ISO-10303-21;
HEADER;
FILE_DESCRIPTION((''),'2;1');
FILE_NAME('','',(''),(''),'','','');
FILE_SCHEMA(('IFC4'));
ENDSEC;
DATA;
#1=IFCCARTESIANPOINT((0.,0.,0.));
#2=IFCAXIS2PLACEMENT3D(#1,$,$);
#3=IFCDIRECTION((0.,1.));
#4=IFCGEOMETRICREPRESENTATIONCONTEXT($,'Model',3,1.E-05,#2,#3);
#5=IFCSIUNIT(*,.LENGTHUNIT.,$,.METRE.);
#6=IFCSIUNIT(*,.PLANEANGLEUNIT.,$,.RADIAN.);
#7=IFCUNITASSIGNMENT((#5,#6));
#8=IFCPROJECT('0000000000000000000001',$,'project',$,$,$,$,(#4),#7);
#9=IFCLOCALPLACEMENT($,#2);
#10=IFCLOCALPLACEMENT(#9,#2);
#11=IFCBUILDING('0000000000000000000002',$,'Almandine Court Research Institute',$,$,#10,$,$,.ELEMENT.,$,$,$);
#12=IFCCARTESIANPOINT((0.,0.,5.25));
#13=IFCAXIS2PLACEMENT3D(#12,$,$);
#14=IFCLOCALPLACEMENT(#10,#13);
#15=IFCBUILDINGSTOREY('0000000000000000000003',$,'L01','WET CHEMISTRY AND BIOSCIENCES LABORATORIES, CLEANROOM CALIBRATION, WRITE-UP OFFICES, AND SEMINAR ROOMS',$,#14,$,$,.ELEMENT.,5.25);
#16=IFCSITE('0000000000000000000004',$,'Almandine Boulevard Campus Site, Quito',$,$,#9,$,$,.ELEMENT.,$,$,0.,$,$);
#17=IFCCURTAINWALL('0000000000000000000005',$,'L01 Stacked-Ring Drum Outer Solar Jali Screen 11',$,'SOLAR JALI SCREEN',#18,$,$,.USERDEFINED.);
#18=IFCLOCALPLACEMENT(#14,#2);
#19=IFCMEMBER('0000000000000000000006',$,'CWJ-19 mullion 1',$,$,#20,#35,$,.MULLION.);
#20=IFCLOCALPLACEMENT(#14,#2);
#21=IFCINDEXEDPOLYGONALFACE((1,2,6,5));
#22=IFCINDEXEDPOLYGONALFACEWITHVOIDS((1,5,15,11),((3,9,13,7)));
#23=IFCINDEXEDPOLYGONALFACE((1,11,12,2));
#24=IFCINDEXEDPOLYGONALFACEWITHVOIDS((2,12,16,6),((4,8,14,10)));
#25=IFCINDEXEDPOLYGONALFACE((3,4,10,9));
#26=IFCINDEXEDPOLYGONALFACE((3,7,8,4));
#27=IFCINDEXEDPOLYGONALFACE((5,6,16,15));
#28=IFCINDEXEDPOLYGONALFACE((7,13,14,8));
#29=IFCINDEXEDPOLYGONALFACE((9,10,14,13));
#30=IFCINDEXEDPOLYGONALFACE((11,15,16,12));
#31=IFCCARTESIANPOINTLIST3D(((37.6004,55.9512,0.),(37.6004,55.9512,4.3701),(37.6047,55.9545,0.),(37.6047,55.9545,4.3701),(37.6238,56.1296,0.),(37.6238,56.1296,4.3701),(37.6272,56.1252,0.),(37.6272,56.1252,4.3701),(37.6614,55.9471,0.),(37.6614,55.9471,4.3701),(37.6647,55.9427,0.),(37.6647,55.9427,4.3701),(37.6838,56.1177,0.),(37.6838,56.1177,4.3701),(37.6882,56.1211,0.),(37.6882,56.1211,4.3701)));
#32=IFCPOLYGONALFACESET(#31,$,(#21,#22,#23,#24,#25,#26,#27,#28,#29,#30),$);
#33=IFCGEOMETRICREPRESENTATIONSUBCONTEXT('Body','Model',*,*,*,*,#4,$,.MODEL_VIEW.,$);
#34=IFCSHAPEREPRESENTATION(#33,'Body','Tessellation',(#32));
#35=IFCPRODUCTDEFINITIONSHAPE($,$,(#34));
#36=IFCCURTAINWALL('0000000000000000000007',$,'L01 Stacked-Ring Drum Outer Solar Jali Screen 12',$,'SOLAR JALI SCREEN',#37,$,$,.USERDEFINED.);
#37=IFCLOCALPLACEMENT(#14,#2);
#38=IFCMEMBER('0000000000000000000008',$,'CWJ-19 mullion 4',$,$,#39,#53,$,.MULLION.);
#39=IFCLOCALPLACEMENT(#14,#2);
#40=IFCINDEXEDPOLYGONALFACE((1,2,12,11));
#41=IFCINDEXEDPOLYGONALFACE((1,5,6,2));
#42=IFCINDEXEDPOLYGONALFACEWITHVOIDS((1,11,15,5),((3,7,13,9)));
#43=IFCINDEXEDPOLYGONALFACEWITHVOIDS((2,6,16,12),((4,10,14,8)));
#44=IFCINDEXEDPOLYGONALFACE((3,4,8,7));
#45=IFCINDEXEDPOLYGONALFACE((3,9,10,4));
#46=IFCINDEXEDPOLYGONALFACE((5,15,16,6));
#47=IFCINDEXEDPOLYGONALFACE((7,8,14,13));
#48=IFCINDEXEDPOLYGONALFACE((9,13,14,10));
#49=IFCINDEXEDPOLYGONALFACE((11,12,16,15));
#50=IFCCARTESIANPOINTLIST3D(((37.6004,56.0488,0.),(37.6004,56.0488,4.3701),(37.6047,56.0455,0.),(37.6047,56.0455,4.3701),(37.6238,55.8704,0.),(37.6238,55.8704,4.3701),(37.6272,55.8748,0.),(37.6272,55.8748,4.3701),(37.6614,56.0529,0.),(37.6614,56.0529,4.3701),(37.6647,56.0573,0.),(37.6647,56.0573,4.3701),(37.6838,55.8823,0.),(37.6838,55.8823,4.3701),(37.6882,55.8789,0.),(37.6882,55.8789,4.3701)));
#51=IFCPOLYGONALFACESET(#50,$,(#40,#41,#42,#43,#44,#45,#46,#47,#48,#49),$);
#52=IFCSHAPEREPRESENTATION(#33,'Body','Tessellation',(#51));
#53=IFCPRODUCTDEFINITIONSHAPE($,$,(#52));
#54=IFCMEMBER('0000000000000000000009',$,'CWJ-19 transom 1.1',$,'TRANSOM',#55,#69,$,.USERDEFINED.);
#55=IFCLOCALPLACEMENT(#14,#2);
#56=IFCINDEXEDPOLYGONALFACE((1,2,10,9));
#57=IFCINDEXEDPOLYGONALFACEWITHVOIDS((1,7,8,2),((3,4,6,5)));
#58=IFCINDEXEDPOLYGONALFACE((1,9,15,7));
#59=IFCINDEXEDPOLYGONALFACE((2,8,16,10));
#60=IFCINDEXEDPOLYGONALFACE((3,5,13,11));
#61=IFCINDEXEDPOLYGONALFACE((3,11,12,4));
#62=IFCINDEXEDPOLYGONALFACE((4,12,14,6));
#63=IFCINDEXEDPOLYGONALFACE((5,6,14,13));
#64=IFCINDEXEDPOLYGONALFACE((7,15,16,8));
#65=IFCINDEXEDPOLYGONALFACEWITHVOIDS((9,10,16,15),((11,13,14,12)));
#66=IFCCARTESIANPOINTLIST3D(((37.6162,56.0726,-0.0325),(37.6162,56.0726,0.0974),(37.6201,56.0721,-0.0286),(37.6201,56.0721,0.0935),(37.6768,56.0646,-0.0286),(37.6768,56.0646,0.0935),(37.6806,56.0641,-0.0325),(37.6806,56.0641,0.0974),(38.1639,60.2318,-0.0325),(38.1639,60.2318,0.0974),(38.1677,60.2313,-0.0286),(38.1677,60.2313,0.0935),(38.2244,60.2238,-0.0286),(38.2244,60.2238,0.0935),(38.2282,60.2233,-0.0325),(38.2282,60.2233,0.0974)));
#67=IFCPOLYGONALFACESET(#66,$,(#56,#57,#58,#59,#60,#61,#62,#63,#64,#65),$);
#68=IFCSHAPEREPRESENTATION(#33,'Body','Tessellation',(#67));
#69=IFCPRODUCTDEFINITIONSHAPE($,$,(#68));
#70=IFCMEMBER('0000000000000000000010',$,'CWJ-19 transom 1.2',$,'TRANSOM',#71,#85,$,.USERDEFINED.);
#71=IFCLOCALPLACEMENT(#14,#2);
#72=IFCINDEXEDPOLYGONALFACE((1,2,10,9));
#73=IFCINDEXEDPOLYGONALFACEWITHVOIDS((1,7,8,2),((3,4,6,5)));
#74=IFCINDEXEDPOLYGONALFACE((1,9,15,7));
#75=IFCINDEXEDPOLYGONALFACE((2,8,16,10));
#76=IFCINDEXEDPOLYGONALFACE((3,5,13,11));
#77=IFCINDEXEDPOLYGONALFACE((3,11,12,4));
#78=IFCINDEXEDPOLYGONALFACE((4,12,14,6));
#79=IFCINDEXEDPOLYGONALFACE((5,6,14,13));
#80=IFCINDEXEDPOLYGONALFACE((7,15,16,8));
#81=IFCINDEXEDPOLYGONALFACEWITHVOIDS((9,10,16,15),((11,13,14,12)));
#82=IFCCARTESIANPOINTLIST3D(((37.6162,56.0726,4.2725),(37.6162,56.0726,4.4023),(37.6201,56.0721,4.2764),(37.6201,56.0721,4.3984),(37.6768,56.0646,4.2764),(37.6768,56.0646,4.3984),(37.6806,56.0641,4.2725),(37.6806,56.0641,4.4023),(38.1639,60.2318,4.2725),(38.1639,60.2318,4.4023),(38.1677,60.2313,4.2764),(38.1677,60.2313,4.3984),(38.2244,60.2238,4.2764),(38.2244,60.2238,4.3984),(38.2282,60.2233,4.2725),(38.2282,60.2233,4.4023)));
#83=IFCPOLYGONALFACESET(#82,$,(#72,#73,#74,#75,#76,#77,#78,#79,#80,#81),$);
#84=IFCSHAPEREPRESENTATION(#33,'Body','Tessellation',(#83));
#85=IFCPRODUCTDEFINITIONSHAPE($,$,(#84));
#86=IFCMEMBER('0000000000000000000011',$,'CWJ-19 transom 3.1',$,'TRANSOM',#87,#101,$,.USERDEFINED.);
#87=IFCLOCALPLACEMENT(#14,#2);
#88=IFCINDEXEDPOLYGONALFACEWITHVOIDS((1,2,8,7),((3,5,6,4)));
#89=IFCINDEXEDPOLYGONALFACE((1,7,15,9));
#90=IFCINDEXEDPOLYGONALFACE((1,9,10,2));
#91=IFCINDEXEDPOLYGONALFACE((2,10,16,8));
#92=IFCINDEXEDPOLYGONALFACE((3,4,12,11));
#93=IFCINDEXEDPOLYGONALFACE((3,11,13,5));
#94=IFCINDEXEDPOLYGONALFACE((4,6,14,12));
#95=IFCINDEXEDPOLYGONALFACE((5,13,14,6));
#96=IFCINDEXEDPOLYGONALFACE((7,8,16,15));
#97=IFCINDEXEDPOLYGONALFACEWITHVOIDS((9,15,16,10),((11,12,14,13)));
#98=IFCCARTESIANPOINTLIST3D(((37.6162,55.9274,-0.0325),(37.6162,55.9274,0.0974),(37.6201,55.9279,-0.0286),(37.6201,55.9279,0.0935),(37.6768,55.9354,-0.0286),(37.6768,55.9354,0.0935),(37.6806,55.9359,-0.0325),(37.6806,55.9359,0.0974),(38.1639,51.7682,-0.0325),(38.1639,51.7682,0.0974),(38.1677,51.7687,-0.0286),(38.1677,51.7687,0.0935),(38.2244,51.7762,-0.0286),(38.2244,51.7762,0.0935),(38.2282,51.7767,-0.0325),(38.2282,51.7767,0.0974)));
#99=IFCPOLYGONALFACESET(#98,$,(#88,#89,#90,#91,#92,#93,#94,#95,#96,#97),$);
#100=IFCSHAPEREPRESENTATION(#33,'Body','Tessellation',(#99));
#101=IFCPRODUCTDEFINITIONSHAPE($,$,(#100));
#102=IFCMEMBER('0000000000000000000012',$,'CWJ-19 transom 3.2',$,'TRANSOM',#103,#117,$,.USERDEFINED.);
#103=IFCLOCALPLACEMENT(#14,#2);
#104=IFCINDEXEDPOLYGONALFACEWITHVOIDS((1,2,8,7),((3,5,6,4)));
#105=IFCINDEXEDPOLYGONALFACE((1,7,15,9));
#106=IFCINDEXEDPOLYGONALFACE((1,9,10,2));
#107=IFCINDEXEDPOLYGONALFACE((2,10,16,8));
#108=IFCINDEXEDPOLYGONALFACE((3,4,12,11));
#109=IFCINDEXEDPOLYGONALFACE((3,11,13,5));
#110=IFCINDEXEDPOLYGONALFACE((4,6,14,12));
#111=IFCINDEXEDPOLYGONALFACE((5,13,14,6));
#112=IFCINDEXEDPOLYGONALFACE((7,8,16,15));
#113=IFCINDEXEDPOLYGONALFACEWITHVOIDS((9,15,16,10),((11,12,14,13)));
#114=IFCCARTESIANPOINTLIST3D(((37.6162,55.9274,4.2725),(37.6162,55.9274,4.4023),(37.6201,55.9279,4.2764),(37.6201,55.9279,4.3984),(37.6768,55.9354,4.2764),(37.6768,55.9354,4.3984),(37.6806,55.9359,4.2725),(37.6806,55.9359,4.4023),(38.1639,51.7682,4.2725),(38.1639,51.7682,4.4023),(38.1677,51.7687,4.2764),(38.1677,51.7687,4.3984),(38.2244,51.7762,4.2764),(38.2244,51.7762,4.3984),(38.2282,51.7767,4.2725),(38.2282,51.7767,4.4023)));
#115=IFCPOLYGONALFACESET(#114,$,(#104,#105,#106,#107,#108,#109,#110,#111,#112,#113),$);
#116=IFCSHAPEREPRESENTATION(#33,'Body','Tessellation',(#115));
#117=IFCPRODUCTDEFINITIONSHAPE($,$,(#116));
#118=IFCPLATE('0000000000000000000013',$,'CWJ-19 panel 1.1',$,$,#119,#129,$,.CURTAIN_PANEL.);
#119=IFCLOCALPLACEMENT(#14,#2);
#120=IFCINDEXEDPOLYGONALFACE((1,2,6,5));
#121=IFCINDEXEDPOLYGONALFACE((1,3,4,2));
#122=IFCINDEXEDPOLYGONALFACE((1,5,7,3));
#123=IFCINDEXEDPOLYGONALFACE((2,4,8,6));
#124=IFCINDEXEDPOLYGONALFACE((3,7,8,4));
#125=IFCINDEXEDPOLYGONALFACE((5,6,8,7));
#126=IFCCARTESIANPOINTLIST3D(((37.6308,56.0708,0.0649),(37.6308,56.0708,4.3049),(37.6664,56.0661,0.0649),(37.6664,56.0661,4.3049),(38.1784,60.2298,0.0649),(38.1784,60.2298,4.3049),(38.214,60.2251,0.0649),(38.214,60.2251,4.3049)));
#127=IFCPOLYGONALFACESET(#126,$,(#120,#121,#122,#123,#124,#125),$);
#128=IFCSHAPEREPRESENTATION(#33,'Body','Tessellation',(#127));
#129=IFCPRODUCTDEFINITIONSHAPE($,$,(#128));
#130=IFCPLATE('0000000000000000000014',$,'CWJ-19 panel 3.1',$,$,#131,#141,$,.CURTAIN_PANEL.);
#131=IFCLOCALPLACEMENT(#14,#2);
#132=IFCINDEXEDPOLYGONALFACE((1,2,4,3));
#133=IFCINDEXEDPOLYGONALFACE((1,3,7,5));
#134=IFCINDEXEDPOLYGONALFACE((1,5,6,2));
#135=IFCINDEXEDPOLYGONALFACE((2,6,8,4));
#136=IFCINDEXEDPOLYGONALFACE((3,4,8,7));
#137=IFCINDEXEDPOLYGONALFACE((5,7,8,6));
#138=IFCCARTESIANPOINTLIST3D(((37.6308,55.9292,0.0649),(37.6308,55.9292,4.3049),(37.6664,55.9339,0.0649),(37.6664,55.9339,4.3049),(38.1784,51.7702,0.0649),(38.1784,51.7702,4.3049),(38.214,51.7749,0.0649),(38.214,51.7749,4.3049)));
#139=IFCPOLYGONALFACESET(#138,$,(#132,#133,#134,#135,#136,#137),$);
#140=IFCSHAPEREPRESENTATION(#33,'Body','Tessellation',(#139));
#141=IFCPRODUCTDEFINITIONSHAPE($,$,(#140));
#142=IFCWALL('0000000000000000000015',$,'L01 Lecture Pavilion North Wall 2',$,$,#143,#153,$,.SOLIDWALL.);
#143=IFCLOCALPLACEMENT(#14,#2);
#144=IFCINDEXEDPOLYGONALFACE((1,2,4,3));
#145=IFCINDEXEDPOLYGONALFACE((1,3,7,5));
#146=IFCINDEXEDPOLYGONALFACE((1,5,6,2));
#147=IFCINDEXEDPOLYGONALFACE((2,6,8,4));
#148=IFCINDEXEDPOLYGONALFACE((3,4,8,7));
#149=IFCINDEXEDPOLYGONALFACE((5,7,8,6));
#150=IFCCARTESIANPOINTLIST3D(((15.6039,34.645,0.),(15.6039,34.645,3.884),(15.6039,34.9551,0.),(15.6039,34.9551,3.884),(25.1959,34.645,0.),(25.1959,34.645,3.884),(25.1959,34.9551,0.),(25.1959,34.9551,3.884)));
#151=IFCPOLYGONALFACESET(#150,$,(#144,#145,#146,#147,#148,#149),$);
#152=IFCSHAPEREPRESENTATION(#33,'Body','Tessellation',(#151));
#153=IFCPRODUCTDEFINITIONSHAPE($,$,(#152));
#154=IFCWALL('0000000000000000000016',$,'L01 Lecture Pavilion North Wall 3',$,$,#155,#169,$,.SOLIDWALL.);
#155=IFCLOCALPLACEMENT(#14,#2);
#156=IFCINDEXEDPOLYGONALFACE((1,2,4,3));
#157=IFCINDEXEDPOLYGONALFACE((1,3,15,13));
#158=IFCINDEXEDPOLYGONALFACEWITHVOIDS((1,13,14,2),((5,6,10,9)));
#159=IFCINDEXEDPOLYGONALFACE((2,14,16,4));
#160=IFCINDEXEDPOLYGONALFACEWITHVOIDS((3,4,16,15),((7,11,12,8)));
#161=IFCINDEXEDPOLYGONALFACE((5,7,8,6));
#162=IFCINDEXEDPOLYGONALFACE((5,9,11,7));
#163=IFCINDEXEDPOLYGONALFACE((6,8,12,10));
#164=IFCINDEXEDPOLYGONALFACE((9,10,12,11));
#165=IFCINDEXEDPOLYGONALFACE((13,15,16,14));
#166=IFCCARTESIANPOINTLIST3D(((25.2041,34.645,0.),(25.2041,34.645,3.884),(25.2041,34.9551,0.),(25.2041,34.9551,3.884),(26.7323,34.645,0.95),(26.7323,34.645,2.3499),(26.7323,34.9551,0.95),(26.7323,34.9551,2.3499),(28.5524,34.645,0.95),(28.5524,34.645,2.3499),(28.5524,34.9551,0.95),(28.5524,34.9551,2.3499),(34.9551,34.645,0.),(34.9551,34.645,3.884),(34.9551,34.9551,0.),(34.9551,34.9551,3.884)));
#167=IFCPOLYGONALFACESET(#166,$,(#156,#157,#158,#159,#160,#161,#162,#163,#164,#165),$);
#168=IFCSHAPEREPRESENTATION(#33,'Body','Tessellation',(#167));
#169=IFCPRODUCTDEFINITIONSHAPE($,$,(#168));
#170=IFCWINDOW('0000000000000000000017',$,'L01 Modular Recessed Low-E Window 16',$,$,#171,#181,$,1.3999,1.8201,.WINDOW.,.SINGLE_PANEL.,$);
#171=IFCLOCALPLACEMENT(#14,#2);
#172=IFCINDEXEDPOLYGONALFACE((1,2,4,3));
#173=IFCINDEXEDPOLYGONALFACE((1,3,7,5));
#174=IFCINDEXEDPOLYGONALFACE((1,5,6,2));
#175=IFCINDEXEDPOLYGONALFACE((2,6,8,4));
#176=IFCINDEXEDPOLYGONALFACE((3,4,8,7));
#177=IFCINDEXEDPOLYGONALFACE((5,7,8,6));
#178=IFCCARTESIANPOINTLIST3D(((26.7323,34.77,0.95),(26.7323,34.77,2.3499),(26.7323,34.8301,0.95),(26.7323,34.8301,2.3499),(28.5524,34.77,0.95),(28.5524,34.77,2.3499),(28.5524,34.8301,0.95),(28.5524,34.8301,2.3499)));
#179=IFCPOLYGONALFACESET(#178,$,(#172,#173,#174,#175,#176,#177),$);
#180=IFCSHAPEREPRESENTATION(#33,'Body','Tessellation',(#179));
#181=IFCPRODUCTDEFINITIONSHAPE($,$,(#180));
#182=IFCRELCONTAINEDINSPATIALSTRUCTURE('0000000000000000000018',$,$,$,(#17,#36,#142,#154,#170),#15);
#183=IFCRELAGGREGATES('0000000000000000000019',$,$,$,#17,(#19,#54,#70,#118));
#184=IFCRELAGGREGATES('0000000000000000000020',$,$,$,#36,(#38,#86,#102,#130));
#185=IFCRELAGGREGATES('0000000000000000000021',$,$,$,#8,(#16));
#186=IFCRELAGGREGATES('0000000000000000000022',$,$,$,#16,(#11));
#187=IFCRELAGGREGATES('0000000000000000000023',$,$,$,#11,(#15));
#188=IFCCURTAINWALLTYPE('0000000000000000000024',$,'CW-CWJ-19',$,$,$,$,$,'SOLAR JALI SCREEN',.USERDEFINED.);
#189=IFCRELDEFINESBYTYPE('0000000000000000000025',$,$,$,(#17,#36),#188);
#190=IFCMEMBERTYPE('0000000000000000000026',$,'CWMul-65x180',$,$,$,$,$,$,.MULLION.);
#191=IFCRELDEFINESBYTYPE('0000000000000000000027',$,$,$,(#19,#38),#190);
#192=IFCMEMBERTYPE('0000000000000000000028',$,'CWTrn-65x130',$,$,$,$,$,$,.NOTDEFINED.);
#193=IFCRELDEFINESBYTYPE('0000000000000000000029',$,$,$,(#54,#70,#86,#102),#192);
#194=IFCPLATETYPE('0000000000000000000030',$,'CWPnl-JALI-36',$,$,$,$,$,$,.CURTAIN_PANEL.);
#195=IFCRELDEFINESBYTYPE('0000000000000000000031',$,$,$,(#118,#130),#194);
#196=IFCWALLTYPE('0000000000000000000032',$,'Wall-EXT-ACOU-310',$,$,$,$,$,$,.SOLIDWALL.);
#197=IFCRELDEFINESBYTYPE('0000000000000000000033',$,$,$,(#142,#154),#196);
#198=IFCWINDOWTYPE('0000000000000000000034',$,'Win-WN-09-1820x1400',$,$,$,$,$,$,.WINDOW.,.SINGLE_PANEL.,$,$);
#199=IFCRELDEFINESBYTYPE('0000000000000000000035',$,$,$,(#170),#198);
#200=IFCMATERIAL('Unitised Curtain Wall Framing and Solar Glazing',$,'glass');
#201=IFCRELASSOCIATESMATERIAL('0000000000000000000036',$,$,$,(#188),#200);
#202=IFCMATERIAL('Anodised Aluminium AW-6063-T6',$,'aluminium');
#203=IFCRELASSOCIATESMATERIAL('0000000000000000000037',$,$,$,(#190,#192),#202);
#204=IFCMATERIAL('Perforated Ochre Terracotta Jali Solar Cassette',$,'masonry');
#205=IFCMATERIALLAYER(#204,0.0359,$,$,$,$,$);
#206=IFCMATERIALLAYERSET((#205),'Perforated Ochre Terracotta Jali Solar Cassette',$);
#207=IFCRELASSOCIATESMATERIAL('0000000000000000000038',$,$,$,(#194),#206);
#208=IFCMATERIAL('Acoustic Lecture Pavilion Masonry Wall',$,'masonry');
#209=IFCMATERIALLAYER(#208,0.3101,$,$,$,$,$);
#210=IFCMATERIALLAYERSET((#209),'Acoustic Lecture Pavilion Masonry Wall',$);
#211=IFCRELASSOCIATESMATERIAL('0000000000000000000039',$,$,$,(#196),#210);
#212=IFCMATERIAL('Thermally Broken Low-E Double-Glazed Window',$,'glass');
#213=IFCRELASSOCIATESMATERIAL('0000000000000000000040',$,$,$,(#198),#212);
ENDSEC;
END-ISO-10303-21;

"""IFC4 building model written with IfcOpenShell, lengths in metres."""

from ifc_helpers import new_model, si_unit, direction, frame, frame_2d, origin, origin_2d, place, context, subcontext, project, spatial, rectangle, hollow_rectangle, extrude, material, layer, layer_set, material_profile, profile_set, type_object, element, fill, aggregate, save


model = new_model("IFC4")

# Units and contexts
model_context = context("Model", 3, precision=1e-05, world=origin(), true_north=direction((0.0, 1.0)))
body_context = subcontext(model_context, "Body", "Model", "MODEL_VIEW")
ifc_project = project(units=[si_unit("LENGTHUNIT", "METRE"), si_unit("PLANEANGLEUNIT", "RADIAN")], contexts=[model_context])

# Site, building, storey
site_placement = place(None, origin())
site = spatial("IfcSite", under=ifc_project, at=site_placement, Name="Almandine Boulevard Campus Site, Quito", CompositionType="ELEMENT", RefElevation=0.0)
building_placement = place(site_placement, origin())
building = spatial("IfcBuilding", under=site, at=building_placement, Name="Almandine Court Research Institute", CompositionType="ELEMENT")
storey_placement = place(building_placement, frame((0.0, 0.0, 5.25)))
storey = spatial("IfcBuildingStorey", under=building, at=storey_placement, Name="L01", Description="WET CHEMISTRY AND BIOSCIENCES LABORATORIES, CLEANROOM CALIBRATION, WRITE-UP OFFICES, AND SEMINAR ROOMS", CompositionType="ELEMENT", Elevation=5.25)

# Curtain walls, members
ifc_material_1 = material(Name="Unitised Curtain Wall Framing and Solar Glazing", Category="glass")
curtain_wall_type = type_object("IfcCurtainWallType", Name="CW-CWJ-19", ElementType="SOLAR JALI SCREEN", PredefinedType="USERDEFINED", material=ifc_material_1)
curtain_wall_1_placement = place(storey_placement, origin())
curtain_wall_1 = element("IfcCurtainWall", 1, at=curtain_wall_1_placement, inside=storey, type_object=curtain_wall_type, Name="L01 Stacked-Ring Drum Outer Solar Jali Screen 11", ObjectType="SOLAR JALI SCREEN", PredefinedType="USERDEFINED")
ifc_material_2 = material(Name="Anodised Aluminium AW-6063-T6", Category="aluminium")
ifc_material_profile_1 = material_profile(ifc_material_2, hollow_rectangle(XDim=0.0649, YDim=0.1799, WallThickness=0.0039, at=origin_2d()), Name="ALU RHS 65x180x4")
ifc_profile_set_1 = profile_set([ifc_material_profile_1], Name="Anodised Aluminium AW-6063-T6")
member_type_1 = type_object("IfcMemberType", Name="CWMul-65x180", PredefinedType="MULLION", material=ifc_profile_set_1)
member_1_placement = place(storey_placement, frame((37.6443, 56.0361, 0.0), z_axis=(0.0, 0.0, 1.0), x_axis=(-0.991443, 0.130541, 0.0)))
member_1 = element("IfcMember", 2, at=member_1_placement, type_object=member_type_1, Name="CWJ-19 mullion 1", PredefinedType="MULLION", context=body_context, shape_type="SweptSolid", body=[
    extrude(hollow_rectangle(XDim=0.0649, YDim=0.1799, WallThickness=0.0039, at=origin_2d()), origin(), (0.0, 0.0, 1.0), 4.3701),
])
curtain_wall_2_placement = place(storey_placement, origin())
curtain_wall_2 = element("IfcCurtainWall", 3, at=curtain_wall_2_placement, inside=storey, type_object=curtain_wall_type, Name="L01 Stacked-Ring Drum Outer Solar Jali Screen 12", ObjectType="SOLAR JALI SCREEN", PredefinedType="USERDEFINED")
member_2_placement = place(storey_placement, frame((37.6443, 55.9639, 0.0), z_axis=(0.0, 0.0, 1.0), x_axis=(-0.991443, -0.130541, 0.0)))
member_2 = element("IfcMember", 4, at=member_2_placement, type_object=member_type_1, Name="CWJ-19 mullion 4", PredefinedType="MULLION", context=body_context, shape_type="SweptSolid", body=[
    extrude(hollow_rectangle(XDim=0.0649, YDim=0.1799, WallThickness=0.0039, at=origin_2d()), origin(), (0.0, 0.0, 1.0), 4.3701),
])

# Members
ifc_material_profile_2 = material_profile(ifc_material_2, hollow_rectangle(XDim=0.0649, YDim=0.1299, WallThickness=0.0039, at=origin_2d()), Name="ALU RHS 65x130x4")
ifc_profile_set_2 = profile_set([ifc_material_profile_2], Name="Anodised Aluminium AW-6063-T6")
member_type_2 = type_object("IfcMemberType", Name="CWTrn-65x130", PredefinedType="NOTDEFINED", material=ifc_profile_set_2)
member_3_placement = place(storey_placement, frame((37.6484, 56.0684, 0.0325), z_axis=(0.130536, 0.991444, 0.0), x_axis=(-0.991444, 0.130536, 0.0)))
member_3 = element("IfcMember", 5, at=member_3_placement, type_object=member_type_2, Name="CWJ-19 transom 1.1", ObjectType="TRANSOM", PredefinedType="USERDEFINED", context=body_context, shape_type="SweptSolid", body=[
    extrude(hollow_rectangle(XDim=0.0649, YDim=0.1299, WallThickness=0.0039, at=origin_2d()), origin(), (0.0, 0.0, 1.0), 4.1951),
])
member_4_placement = place(storey_placement, frame((37.6484, 56.0684, 4.3374), z_axis=(0.130536, 0.991444, 0.0), x_axis=(-0.991444, 0.130536, 0.0)))
member_4 = element("IfcMember", 6, at=member_4_placement, type_object=member_type_2, Name="CWJ-19 transom 1.2", ObjectType="TRANSOM", PredefinedType="USERDEFINED", context=body_context, shape_type="SweptSolid", body=[
    extrude(hollow_rectangle(XDim=0.0649, YDim=0.1299, WallThickness=0.0039, at=origin_2d()), origin(), (0.0, 0.0, 1.0), 4.1951),
])
member_5_placement = place(storey_placement, frame((38.196, 51.7725, 0.0325), z_axis=(-0.130536, 0.991444, 0.0), x_axis=(-0.991444, -0.130536, 0.0)))
member_5 = element("IfcMember", 7, at=member_5_placement, type_object=member_type_2, Name="CWJ-19 transom 3.1", ObjectType="TRANSOM", PredefinedType="USERDEFINED", context=body_context, shape_type="SweptSolid", body=[
    extrude(hollow_rectangle(XDim=0.0649, YDim=0.1299, WallThickness=0.0039, at=origin_2d()), origin(), (0.0, 0.0, 1.0), 4.1951),
])
member_6_placement = place(storey_placement, frame((38.196, 51.7725, 4.3374), z_axis=(-0.130536, 0.991444, 0.0), x_axis=(-0.991444, -0.130536, 0.0)))
member_6 = element("IfcMember", 8, at=member_6_placement, type_object=member_type_2, Name="CWJ-19 transom 3.2", ObjectType="TRANSOM", PredefinedType="USERDEFINED", context=body_context, shape_type="SweptSolid", body=[
    extrude(hollow_rectangle(XDim=0.0649, YDim=0.1299, WallThickness=0.0039, at=origin_2d()), origin(), (0.0, 0.0, 1.0), 4.1951),
])

# Plates
ifc_material_3 = material(Name="Perforated Ochre Terracotta Jali Solar Cassette", Category="masonry")
ifc_layer_1 = layer(ifc_material_3, 0.0359)
ifc_layer_set_1 = layer_set([ifc_layer_1], Name="Perforated Ochre Terracotta Jali Solar Cassette")
plate_type = type_object("IfcPlateType", Name="CWPnl-JALI-36", PredefinedType="CURTAIN_PANEL", material=ifc_layer_set_1)
plate_1_placement = place(storey_placement, frame((37.9224, 58.1479, 0.0649), z_axis=(0.0, 0.0, 1.0), x_axis=(0.130541, 0.991443, 0.0)))
plate_1 = element("IfcPlate", 9, at=plate_1_placement, type_object=plate_type, Name="CWJ-19 panel 1.1", PredefinedType="CURTAIN_PANEL", context=body_context, shape_type="SweptSolid", body=[
    extrude(rectangle(XDim=4.1948, YDim=0.0359, at=origin_2d()), origin(), (0.0, 0.0, 1.0), 4.24),
])
aggregate(curtain_wall_1, [member_1, member_3, member_4, plate_1])
plate_2_placement = place(storey_placement, frame((37.9224, 53.8521, 0.0649), z_axis=(0.0, 0.0, 1.0), x_axis=(-0.130541, 0.991443, 0.0)))
plate_2 = element("IfcPlate", 10, at=plate_2_placement, type_object=plate_type, Name="CWJ-19 panel 3.1", PredefinedType="CURTAIN_PANEL", context=body_context, shape_type="SweptSolid", body=[
    extrude(rectangle(XDim=4.1948, YDim=0.0359, at=origin_2d()), origin(), (0.0, 0.0, 1.0), 4.24),
])
aggregate(curtain_wall_2, [member_2, member_5, member_6, plate_2])

# Wall
ifc_material_4 = material(Name="Acoustic Lecture Pavilion Masonry Wall", Category="masonry")
ifc_layer_2 = layer(ifc_material_4, 0.3101)
ifc_layer_set_2 = layer_set([ifc_layer_2], Name="Acoustic Lecture Pavilion Masonry Wall")
wall_type = type_object("IfcWallType", Name="Wall-EXT-ACOU-310", PredefinedType="SOLIDWALL", material=ifc_layer_set_2)
wall_1_placement = place(storey_placement, frame((15.604, 34.8, 0.0), z_axis=(0.0, 0.0, 1.0), x_axis=(1.0, 0.0, 0.0)))
element("IfcWall", 11, at=wall_1_placement, inside=storey, type_object=wall_type, Name="L01 Lecture Pavilion North Wall 2", PredefinedType="SOLIDWALL", context=body_context, shape_type="SweptSolid", body=[
    extrude(rectangle(XDim=9.592, YDim=0.3101, at=frame_2d((4.7959, 0.0))), origin(), (0.0, 0.0, 1.0), 3.884),
])

# Wall, opening, window
wall_2_placement = place(storey_placement, frame((25.2041, 34.8, 0.0), z_axis=(0.0, 0.0, 1.0), x_axis=(1.0, 0.0, 0.0)))
wall_2 = element("IfcWall", 12, at=wall_2_placement, inside=storey, type_object=wall_type, Name="L01 Lecture Pavilion North Wall 3", PredefinedType="SOLIDWALL", context=body_context, shape_type="SweptSolid", body=[
    extrude(rectangle(XDim=9.751, YDim=0.3101, at=frame_2d((4.8755, 0.0))), origin(), (0.0, 0.0, 1.0), 3.884),
])
opening_placement = place(wall_2_placement, frame((1.5281, 0.0, 0.95)))
opening = element("IfcOpeningElement", 13, at=opening_placement, cuts=wall_2, PredefinedType="OPENING", context=body_context, shape_type="SweptSolid", body=[
    extrude(rectangle(XDim=1.8201, YDim=1.3999, at=frame_2d((0.9102, 0.7))), frame((0.0, 0.165, 0.0), z_axis=(0.0, -1.0, 0.0), x_axis=(1.0, 0.0, 0.0)), (0.0, 0.0, 1.0), 0.3301),
])
ifc_material_5 = material(Name="Thermally Broken Low-E Double-Glazed Window", Category="glass")
window_type = type_object("IfcWindowType", Name="Win-WN-09-1820x1400", PartitioningType="SINGLE_PANEL", PredefinedType="WINDOW", material=ifc_material_5)
window_placement = place(opening_placement, origin())
window = element("IfcWindow", 14, at=window_placement, inside=storey, type_object=window_type, Name="L01 Modular Recessed Low-E Window 16", OverallHeight=1.3999, OverallWidth=1.8201, PartitioningType="SINGLE_PANEL", PredefinedType="WINDOW", context=body_context, shape_type="SweptSolid", body=[
    extrude(rectangle(XDim=1.8201, YDim=1.3999, at=frame_2d((0.9102, 0.7))), frame((0.0, 0.03, 0.0), z_axis=(0.0, -1.0, 0.0), x_axis=(1.0, 0.0, 0.0)), (0.0, 0.0, 1.0), 0.0601),
])
fill(opening, window)

save(model, "model.ifc")
